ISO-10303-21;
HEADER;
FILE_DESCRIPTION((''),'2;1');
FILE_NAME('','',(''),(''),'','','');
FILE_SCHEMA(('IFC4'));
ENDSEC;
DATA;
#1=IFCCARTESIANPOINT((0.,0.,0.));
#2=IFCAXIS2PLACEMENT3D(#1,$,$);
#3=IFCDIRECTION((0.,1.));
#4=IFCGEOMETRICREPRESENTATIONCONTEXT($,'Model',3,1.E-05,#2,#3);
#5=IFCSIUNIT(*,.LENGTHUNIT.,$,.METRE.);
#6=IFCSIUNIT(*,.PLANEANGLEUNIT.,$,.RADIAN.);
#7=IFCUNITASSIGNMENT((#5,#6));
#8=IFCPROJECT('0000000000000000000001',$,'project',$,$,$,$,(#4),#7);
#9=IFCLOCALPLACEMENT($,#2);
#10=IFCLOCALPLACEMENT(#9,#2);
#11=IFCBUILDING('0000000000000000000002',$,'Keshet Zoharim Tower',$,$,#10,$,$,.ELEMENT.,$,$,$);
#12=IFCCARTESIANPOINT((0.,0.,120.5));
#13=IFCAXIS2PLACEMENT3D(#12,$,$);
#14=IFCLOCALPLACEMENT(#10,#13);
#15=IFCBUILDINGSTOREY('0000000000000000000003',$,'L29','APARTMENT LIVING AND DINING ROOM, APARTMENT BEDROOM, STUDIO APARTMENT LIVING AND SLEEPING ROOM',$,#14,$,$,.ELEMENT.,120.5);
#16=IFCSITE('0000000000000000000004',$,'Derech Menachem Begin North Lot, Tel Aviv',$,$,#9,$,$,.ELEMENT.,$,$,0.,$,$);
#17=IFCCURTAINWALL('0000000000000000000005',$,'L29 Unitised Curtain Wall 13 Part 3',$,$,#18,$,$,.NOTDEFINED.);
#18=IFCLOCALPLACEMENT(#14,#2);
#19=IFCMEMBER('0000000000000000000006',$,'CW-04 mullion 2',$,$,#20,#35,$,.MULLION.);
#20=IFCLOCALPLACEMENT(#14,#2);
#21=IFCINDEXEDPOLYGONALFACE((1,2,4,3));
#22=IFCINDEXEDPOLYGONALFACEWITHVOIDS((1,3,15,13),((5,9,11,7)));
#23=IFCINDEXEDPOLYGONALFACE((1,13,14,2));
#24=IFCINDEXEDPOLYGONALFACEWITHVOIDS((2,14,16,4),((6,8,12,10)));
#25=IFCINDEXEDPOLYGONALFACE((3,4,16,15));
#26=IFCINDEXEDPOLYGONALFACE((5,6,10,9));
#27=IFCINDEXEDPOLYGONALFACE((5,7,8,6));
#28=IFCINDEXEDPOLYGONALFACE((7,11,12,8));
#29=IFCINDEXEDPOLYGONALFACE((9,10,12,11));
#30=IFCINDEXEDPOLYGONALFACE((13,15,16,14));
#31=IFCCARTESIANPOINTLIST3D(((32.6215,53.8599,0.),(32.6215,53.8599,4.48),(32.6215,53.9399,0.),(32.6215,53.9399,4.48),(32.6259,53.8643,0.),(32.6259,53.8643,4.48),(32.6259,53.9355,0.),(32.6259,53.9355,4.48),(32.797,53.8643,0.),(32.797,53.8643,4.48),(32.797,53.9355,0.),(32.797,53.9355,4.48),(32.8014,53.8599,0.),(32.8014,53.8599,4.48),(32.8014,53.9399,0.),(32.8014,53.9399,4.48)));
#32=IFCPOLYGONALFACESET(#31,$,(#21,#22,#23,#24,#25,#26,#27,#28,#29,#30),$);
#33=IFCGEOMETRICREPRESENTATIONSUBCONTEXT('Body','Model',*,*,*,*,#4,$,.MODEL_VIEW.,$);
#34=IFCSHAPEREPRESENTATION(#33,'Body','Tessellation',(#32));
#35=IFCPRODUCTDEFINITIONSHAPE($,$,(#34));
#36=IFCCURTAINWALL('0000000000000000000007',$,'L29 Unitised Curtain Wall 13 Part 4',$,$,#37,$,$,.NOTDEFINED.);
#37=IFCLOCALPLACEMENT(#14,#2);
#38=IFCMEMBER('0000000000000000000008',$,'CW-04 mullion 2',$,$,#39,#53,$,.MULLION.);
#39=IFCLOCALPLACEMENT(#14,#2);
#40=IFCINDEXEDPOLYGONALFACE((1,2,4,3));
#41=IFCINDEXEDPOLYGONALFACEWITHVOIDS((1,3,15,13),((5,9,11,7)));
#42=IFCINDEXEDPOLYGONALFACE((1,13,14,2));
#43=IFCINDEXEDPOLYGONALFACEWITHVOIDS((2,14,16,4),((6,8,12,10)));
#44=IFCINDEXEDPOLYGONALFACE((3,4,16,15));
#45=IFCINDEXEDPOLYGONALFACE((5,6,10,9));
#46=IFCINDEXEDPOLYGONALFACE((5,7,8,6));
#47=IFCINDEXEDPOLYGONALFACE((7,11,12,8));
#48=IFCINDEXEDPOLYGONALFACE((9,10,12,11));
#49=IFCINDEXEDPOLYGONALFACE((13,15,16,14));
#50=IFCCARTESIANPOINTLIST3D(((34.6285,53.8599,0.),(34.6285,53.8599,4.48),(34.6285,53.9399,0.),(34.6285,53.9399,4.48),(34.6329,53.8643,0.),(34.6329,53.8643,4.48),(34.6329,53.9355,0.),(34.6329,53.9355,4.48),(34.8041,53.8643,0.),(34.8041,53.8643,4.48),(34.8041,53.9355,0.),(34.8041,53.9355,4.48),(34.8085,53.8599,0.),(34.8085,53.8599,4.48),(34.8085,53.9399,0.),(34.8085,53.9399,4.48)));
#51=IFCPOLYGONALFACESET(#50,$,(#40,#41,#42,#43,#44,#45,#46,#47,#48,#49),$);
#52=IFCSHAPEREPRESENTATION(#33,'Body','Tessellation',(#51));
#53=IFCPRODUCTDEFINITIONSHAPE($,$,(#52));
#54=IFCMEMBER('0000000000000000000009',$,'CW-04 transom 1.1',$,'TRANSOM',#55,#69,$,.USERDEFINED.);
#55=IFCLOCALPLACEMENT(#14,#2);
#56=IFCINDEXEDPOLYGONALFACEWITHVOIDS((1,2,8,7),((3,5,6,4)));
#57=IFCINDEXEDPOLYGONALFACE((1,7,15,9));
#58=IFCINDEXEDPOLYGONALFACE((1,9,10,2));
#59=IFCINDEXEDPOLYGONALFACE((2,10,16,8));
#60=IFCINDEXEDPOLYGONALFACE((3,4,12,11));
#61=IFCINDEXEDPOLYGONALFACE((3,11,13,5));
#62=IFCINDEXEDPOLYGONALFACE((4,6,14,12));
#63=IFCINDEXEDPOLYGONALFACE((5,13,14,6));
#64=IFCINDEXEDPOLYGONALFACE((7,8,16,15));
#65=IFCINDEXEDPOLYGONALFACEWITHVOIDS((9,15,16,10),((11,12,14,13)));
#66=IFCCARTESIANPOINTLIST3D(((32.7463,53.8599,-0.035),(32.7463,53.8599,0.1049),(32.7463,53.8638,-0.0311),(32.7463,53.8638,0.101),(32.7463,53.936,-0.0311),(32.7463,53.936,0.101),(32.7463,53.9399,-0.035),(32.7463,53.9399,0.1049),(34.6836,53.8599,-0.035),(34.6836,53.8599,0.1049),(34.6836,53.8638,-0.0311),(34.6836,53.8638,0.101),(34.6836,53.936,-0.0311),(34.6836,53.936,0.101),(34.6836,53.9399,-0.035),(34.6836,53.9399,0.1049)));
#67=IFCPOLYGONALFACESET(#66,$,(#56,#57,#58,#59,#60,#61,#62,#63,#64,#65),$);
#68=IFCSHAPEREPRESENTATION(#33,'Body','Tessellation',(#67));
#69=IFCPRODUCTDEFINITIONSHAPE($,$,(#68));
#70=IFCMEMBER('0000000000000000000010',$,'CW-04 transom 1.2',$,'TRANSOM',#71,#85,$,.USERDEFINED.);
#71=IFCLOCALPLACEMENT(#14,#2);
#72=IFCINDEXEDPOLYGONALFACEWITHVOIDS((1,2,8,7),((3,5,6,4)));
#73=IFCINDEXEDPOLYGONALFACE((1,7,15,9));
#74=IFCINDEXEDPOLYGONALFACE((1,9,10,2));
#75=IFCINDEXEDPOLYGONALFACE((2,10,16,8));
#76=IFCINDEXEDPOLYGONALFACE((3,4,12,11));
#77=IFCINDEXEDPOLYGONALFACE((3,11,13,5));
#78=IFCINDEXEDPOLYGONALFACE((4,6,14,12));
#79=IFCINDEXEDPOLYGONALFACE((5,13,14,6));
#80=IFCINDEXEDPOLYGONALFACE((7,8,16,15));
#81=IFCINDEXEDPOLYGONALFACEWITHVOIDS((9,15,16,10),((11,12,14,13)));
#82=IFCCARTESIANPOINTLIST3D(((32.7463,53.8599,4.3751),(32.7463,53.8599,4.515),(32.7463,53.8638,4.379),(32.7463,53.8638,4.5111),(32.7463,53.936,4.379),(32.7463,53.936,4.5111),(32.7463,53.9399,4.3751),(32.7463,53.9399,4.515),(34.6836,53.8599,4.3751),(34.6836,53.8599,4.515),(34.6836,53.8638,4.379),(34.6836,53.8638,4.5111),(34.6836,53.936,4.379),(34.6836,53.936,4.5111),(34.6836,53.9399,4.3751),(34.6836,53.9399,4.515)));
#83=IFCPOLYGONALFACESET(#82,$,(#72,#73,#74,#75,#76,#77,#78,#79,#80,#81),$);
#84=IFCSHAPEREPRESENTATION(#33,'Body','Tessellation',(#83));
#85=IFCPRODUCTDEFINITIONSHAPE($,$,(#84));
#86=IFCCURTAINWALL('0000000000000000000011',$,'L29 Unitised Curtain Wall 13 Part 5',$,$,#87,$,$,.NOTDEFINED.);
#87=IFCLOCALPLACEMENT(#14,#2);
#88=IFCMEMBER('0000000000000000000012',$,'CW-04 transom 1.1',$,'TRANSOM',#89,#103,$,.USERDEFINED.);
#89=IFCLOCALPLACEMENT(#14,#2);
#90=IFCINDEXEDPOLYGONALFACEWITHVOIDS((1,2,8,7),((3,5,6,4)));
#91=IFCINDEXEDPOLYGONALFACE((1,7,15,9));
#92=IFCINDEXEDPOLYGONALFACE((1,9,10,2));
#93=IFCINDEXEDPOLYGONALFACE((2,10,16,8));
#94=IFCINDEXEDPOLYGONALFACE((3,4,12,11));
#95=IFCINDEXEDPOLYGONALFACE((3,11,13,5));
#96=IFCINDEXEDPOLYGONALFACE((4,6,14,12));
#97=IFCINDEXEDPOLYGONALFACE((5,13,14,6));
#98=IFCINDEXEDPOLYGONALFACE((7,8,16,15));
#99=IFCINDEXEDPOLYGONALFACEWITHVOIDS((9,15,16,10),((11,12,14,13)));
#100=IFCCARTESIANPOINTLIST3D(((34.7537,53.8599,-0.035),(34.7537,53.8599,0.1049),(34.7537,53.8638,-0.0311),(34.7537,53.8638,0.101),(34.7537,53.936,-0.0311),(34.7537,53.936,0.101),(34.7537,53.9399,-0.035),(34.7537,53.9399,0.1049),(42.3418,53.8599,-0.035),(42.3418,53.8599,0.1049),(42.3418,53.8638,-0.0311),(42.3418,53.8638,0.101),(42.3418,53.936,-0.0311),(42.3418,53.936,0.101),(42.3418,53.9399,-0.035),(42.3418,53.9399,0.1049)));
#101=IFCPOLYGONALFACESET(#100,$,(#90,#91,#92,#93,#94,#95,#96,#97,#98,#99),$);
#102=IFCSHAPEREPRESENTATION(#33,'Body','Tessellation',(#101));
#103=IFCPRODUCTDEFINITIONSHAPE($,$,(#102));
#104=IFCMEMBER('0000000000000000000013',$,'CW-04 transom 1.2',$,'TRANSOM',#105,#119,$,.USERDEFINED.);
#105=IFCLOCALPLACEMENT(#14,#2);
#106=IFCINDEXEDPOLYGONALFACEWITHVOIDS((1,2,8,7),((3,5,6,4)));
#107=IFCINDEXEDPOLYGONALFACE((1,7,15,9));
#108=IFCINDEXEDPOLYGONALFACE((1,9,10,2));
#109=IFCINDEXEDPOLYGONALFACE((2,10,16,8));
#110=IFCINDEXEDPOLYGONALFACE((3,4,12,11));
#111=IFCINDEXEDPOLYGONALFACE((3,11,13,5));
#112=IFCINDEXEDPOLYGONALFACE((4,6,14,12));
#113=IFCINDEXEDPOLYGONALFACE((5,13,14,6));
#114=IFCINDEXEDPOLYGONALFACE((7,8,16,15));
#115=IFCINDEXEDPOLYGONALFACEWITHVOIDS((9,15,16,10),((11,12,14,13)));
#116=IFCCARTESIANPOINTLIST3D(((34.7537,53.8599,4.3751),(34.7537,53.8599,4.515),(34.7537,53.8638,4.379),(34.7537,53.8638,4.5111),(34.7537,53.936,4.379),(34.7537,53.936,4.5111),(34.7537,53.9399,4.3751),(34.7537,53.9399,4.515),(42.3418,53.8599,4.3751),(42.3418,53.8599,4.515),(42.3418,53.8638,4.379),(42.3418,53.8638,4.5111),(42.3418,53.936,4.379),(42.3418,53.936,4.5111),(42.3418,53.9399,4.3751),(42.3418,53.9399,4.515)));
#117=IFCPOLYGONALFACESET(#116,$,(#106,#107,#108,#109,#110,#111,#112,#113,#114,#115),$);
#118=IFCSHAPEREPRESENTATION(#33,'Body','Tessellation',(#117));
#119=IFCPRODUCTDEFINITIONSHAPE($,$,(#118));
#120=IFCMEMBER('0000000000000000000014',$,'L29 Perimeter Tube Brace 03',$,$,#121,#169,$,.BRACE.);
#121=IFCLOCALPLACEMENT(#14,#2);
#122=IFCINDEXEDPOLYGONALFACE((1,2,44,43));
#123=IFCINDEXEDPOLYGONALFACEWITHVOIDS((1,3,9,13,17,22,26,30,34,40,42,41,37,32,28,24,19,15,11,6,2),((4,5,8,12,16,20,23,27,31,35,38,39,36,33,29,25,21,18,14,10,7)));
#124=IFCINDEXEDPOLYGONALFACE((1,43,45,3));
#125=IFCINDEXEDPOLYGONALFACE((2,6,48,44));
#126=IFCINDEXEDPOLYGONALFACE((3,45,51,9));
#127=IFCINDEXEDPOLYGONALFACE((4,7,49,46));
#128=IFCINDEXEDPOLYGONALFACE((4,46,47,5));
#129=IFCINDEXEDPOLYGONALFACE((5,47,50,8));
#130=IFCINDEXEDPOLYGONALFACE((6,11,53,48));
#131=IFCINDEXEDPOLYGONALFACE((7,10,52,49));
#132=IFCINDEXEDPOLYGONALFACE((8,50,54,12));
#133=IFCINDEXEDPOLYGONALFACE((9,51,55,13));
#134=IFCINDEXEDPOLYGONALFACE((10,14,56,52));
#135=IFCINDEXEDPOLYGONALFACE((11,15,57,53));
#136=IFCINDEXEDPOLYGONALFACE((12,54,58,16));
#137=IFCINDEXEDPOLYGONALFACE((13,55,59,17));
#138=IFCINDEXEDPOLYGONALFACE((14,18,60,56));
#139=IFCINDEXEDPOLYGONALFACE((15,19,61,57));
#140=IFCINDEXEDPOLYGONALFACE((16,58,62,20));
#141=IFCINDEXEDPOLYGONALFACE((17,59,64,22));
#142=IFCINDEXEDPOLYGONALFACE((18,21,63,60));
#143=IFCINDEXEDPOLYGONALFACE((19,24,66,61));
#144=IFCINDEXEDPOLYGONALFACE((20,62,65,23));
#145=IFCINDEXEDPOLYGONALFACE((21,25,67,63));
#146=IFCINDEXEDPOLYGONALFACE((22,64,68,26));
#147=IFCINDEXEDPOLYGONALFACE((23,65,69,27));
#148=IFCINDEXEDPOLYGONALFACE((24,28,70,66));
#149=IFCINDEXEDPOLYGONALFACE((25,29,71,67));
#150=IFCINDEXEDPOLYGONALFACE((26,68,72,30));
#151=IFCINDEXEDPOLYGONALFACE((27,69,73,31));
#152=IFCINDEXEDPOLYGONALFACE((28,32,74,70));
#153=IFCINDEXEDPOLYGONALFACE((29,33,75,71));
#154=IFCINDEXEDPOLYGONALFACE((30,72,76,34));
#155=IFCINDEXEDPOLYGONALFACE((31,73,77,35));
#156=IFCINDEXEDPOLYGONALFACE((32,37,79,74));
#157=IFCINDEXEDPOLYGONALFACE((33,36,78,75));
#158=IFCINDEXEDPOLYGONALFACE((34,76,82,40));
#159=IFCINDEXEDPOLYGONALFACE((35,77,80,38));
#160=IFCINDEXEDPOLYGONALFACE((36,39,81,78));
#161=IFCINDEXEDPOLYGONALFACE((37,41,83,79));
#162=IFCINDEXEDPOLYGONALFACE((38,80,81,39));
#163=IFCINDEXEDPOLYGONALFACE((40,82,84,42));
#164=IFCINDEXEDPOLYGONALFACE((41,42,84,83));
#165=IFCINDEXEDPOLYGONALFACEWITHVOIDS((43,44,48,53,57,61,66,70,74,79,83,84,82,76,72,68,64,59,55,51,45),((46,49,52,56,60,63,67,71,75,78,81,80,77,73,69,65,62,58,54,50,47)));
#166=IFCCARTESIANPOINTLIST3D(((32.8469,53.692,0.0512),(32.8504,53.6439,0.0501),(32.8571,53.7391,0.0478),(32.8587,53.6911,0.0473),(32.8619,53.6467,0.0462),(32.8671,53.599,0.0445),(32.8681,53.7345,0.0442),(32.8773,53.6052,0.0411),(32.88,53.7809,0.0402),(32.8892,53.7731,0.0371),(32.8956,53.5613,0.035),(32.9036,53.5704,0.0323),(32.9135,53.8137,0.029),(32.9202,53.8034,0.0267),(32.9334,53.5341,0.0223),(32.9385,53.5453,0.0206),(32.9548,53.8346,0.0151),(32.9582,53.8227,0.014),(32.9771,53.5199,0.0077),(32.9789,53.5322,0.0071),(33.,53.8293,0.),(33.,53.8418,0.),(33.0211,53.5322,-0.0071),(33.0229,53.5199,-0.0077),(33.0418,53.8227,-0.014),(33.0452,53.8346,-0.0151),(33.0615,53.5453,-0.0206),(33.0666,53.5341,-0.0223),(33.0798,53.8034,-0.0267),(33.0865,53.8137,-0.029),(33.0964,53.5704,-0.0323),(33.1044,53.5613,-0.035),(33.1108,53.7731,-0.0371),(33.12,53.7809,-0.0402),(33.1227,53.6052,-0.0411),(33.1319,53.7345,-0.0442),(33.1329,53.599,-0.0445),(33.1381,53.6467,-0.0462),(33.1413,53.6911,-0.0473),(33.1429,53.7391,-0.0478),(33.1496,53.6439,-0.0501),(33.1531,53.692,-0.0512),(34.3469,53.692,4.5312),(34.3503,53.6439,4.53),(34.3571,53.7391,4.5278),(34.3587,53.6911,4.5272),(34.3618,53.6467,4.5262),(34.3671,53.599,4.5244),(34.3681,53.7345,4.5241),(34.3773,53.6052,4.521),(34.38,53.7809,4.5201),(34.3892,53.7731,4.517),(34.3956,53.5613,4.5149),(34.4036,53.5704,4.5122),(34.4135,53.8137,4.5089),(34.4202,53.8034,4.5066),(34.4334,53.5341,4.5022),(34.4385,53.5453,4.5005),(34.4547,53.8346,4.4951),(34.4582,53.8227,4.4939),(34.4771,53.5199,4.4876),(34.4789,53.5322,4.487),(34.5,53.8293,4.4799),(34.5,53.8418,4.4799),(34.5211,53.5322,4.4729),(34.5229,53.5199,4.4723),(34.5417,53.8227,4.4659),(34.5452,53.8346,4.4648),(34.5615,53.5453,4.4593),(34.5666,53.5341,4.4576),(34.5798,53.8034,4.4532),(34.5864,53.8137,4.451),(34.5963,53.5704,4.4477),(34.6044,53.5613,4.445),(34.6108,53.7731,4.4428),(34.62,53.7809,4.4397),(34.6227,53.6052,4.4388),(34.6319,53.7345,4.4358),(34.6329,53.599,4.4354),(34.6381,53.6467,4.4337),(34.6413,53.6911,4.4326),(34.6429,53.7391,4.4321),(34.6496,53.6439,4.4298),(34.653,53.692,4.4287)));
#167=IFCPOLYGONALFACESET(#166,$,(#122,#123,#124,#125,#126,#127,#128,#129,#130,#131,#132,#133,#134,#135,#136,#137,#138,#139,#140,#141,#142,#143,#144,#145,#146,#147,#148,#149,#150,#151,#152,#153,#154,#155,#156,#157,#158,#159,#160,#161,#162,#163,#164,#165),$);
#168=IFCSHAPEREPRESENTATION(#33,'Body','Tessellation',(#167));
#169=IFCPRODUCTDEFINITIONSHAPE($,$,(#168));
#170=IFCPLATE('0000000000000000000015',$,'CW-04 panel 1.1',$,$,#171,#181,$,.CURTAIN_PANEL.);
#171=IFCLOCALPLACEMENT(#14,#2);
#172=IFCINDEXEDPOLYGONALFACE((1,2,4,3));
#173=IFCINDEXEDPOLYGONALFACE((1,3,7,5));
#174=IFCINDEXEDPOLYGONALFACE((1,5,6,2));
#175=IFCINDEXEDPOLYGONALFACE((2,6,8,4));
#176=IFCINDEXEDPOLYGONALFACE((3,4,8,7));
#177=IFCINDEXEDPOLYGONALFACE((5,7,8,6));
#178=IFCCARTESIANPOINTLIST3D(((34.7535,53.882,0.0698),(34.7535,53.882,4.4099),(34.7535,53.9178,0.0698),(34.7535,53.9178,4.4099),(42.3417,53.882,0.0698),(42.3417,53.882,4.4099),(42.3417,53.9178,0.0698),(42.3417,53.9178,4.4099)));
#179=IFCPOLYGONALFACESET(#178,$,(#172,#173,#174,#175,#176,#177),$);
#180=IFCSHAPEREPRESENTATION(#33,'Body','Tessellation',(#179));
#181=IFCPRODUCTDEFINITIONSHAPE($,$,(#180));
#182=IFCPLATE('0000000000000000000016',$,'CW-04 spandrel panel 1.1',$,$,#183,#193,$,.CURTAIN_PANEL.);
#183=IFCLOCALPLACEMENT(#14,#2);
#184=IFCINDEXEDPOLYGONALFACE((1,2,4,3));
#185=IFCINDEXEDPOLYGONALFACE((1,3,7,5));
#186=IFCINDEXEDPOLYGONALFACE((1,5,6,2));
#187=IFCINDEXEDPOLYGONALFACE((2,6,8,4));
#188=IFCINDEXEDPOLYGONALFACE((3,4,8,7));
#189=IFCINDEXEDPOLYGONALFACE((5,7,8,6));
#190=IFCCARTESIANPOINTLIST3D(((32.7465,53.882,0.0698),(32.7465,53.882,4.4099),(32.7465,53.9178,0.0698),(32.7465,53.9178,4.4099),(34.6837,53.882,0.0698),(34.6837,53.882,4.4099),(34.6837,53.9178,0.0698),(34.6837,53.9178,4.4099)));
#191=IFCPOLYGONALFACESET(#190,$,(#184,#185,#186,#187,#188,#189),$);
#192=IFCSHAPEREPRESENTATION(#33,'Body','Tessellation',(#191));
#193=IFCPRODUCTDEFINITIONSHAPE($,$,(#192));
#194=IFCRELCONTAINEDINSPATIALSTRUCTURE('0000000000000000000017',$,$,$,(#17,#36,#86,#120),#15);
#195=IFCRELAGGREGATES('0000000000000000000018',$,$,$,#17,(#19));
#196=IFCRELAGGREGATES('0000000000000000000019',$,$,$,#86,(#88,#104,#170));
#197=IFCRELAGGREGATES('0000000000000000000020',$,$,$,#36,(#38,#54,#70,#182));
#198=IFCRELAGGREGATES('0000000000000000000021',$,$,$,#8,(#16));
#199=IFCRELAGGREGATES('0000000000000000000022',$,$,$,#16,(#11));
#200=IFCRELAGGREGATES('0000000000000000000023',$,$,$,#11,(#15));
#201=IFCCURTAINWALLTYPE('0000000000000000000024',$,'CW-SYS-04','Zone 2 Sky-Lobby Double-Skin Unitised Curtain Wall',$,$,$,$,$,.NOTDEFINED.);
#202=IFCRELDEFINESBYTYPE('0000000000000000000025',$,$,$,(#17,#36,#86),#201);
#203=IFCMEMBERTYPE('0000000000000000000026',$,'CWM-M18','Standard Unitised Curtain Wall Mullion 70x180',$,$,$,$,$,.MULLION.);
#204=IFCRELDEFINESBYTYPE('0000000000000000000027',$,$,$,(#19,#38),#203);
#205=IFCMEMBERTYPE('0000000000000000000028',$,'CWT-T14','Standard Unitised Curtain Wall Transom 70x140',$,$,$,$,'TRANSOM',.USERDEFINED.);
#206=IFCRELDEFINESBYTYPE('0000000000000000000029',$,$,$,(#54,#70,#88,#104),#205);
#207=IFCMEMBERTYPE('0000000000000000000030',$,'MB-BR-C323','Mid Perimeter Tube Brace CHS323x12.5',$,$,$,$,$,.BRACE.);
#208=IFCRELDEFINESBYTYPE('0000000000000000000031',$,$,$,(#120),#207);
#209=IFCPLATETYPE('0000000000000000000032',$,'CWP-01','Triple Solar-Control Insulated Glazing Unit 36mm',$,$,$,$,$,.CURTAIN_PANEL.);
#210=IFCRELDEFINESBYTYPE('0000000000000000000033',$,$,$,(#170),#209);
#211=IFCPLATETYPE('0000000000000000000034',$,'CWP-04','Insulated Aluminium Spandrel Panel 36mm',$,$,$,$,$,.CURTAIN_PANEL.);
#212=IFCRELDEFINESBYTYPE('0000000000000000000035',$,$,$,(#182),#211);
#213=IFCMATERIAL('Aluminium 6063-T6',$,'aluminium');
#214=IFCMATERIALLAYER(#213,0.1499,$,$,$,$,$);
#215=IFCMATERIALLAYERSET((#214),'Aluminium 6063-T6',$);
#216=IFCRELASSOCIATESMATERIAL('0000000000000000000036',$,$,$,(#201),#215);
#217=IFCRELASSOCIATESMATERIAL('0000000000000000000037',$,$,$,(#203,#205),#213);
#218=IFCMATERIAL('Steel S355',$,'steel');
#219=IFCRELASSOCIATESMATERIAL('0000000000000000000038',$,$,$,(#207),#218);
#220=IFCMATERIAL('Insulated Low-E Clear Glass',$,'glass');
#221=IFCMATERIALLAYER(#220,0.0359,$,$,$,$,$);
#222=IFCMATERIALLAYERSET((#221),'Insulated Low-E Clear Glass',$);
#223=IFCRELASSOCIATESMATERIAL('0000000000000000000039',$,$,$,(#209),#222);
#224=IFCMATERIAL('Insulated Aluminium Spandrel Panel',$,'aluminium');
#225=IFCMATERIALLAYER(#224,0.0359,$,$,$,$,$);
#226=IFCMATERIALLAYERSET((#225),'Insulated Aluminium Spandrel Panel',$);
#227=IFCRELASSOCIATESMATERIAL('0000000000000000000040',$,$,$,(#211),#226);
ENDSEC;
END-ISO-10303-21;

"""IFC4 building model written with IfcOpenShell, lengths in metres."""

from ifc_helpers import new_model, si_unit, direction, frame, origin, origin_2d, place, context, subcontext, project, spatial, rectangle, hollow_rectangle, hollow_circle, extrude, material, layer, layer_set, material_profile, profile_set, type_object, element, aggregate, save


model = new_model("IFC4")

# Units and contexts
model_context = context("Model", 3, precision=1e-05, world=origin(), true_north=direction((0.0, 1.0)))
body_context = subcontext(model_context, "Body", "Model", "MODEL_VIEW")
ifc_project = project(units=[si_unit("LENGTHUNIT", "METRE"), si_unit("PLANEANGLEUNIT", "RADIAN")], contexts=[model_context])

# Site, building, storey
site_placement = place(None, origin())
site = spatial("IfcSite", under=ifc_project, at=site_placement, Name="Derech Menachem Begin North Lot, Tel Aviv", CompositionType="ELEMENT", RefElevation=0.0)
building_placement = place(site_placement, origin())
building = spatial("IfcBuilding", under=site, at=building_placement, Name="Keshet Zoharim Tower", CompositionType="ELEMENT")
storey_placement = place(building_placement, frame((0.0, 0.0, 120.5)))
storey = spatial("IfcBuildingStorey", under=building, at=storey_placement, Name="L29", Description="APARTMENT LIVING AND DINING ROOM, APARTMENT BEDROOM, STUDIO APARTMENT LIVING AND SLEEPING ROOM", CompositionType="ELEMENT", Elevation=120.5)

# Shared definitions
ifc_material_1 = material(Name="Steel S355", Category="steel")

# Curtain wall, member
ifc_material_2 = material(Name="Aluminium 6063-T6", Category="aluminium")
ifc_layer_1 = layer(ifc_material_2, 0.1499)
ifc_layer_set_1 = layer_set([ifc_layer_1], Name="Aluminium 6063-T6")
curtain_wall_type = type_object("IfcCurtainWallType", Name="CW-SYS-04", Description="Zone 2 Sky-Lobby Double-Skin Unitised Curtain Wall", PredefinedType="NOTDEFINED", material=ifc_layer_set_1)
curtain_wall_1_placement = place(storey_placement, origin())
curtain_wall_1 = element("IfcCurtainWall", 1, at=curtain_wall_1_placement, inside=storey, type_object=curtain_wall_type, Name="L29 Unitised Curtain Wall 13 Part 3", PredefinedType="NOTDEFINED")
ifc_material_profile_1 = material_profile(ifc_material_2, hollow_rectangle(XDim=0.0801, YDim=0.1799, WallThickness=0.0044, at=origin_2d()), Name="MUL-80x180")
ifc_profile_set_1 = profile_set([ifc_material_profile_1], Name="Aluminium 6063-T6")
member_type_1 = type_object("IfcMemberType", Name="CWM-M18", Description="Standard Unitised Curtain Wall Mullion 70x180", PredefinedType="MULLION", material=ifc_profile_set_1)
member_1_placement = place(storey_placement, frame((32.7114, 53.8999, 0.0), z_axis=(0.0, 0.0, 1.0), x_axis=(0.0, 1.0, 0.0)))
member_1 = element("IfcMember", 2, at=member_1_placement, type_object=member_type_1, Name="CW-04 mullion 2", PredefinedType="MULLION", context=body_context, shape_type="SweptSolid", body=[
    extrude(hollow_rectangle(XDim=0.0801, YDim=0.1799, WallThickness=0.0044, at=origin_2d()), origin(), (0.0, 0.0, 1.0), 4.48),
])
aggregate(curtain_wall_1, [member_1])

# Curtain walls, members
curtain_wall_2_placement = place(storey_placement, origin())
curtain_wall_2 = element("IfcCurtainWall", 3, at=curtain_wall_2_placement, inside=storey, type_object=curtain_wall_type, Name="L29 Unitised Curtain Wall 13 Part 4", PredefinedType="NOTDEFINED")
member_2_placement = place(storey_placement, frame((34.7185, 53.8999, 0.0), z_axis=(0.0, 0.0, 1.0), x_axis=(0.0, 1.0, 0.0)))
member_2 = element("IfcMember", 4, at=member_2_placement, type_object=member_type_1, Name="CW-04 mullion 2", PredefinedType="MULLION", context=body_context, shape_type="SweptSolid", body=[
    extrude(hollow_rectangle(XDim=0.0801, YDim=0.1799, WallThickness=0.0044, at=origin_2d()), origin(), (0.0, 0.0, 1.0), 4.48),
])
ifc_material_profile_2 = material_profile(ifc_material_2, hollow_rectangle(XDim=0.0801, YDim=0.1399, WallThickness=0.0039, at=origin_2d()), Name="TRN-80x140")
ifc_profile_set_2 = profile_set([ifc_material_profile_2], Name="Aluminium 6063-T6")
member_type_2 = type_object("IfcMemberType", Name="CWT-T14", Description="Standard Unitised Curtain Wall Transom 70x140", ElementType="TRANSOM", PredefinedType="USERDEFINED", material=ifc_profile_set_2)
member_3_placement = place(storey_placement, frame((32.7463, 53.8999, 0.0349), z_axis=(1.0, 0.0, 0.0), x_axis=(0.0, 1.0, 0.0)))
member_3 = element("IfcMember", 5, at=member_3_placement, type_object=member_type_2, Name="CW-04 transom 1.1", ObjectType="TRANSOM", PredefinedType="USERDEFINED", context=body_context, shape_type="SweptSolid", body=[
    extrude(hollow_rectangle(XDim=0.0801, YDim=0.1399, WallThickness=0.0039, at=origin_2d()), origin(), (0.0, 0.0, 1.0), 1.9373),
])
member_4_placement = place(storey_placement, frame((32.7463, 53.8999, 4.4451), z_axis=(1.0, 0.0, 0.0), x_axis=(0.0, 1.0, 0.0)))
member_4 = element("IfcMember", 6, at=member_4_placement, type_object=member_type_2, Name="CW-04 transom 1.2", ObjectType="TRANSOM", PredefinedType="USERDEFINED", context=body_context, shape_type="SweptSolid", body=[
    extrude(hollow_rectangle(XDim=0.0801, YDim=0.1399, WallThickness=0.0039, at=origin_2d()), origin(), (0.0, 0.0, 1.0), 1.9373),
])
curtain_wall_3_placement = place(storey_placement, origin())
curtain_wall_3 = element("IfcCurtainWall", 7, at=curtain_wall_3_placement, inside=storey, type_object=curtain_wall_type, Name="L29 Unitised Curtain Wall 13 Part 5", PredefinedType="NOTDEFINED")
member_5_placement = place(storey_placement, frame((34.7537, 53.8999, 0.0349), z_axis=(1.0, 0.0, 0.0), x_axis=(0.0, 1.0, 0.0)))
member_5 = element("IfcMember", 8, at=member_5_placement, type_object=member_type_2, Name="CW-04 transom 1.1", ObjectType="TRANSOM", PredefinedType="USERDEFINED", context=body_context, shape_type="SweptSolid", body=[
    extrude(hollow_rectangle(XDim=0.0801, YDim=0.1399, WallThickness=0.0039, at=origin_2d()), origin(), (0.0, 0.0, 1.0), 7.5881),
])
member_6_placement = place(storey_placement, frame((34.7537, 53.8999, 4.4451), z_axis=(1.0, 0.0, 0.0), x_axis=(0.0, 1.0, 0.0)))
member_6 = element("IfcMember", 9, at=member_6_placement, type_object=member_type_2, Name="CW-04 transom 1.2", ObjectType="TRANSOM", PredefinedType="USERDEFINED", context=body_context, shape_type="SweptSolid", body=[
    extrude(hollow_rectangle(XDim=0.0801, YDim=0.1399, WallThickness=0.0039, at=origin_2d()), origin(), (0.0, 0.0, 1.0), 7.5881),
])

# Member
ifc_material_profile_3 = material_profile(ifc_material_1, hollow_circle(Radius=0.1619, WallThickness=0.0125, at=origin_2d()), Name="CHS323x12.5")
ifc_profile_set_3 = profile_set([ifc_material_profile_3], Name="Steel S355")
member_type_3 = type_object("IfcMemberType", Name="MB-BR-C323", Description="Mid Perimeter Tube Brace CHS323x12.5", PredefinedType="BRACE", material=ifc_profile_set_3)
member_7_placement = place(storey_placement, frame((33.0, 53.6799, 0.0), z_axis=(0.317499, 0.0, 0.948259), x_axis=(0.0, 1.0, 0.0)))
element("IfcMember", 10, at=member_7_placement, inside=storey, type_object=member_type_3, Name="L29 Perimeter Tube Brace 03", PredefinedType="BRACE", context=body_context, shape_type="SweptSolid", body=[
    extrude(hollow_circle(Radius=0.1619, WallThickness=0.0125, at=origin_2d()), origin(), (0.0, 0.0, 1.0), 4.7244),
])

# Plates
ifc_material_3 = material(Name="Insulated Low-E Clear Glass", Category="glass")
ifc_layer_2 = layer(ifc_material_3, 0.0359)
ifc_layer_set_2 = layer_set([ifc_layer_2], Name="Insulated Low-E Clear Glass")
plate_type_1 = type_object("IfcPlateType", Name="CWP-01", Description="Triple Solar-Control Insulated Glazing Unit 36mm", PredefinedType="CURTAIN_PANEL", material=ifc_layer_set_2)
plate_1_placement = place(storey_placement, frame((38.5476, 53.8999, 0.0698), z_axis=(0.0, 0.0, 1.0), x_axis=(1.0, 0.0, 0.0)))
plate_1 = element("IfcPlate", 11, at=plate_1_placement, type_object=plate_type_1, Name="CW-04 panel 1.1", PredefinedType="CURTAIN_PANEL", context=body_context, shape_type="SweptSolid", body=[
    extrude(rectangle(XDim=7.5881, YDim=0.0359, at=origin_2d()), origin(), (0.0, 0.0, 1.0), 4.3401),
])
aggregate(curtain_wall_3, [member_5, member_6, plate_1])
ifc_material_4 = material(Name="Insulated Aluminium Spandrel Panel", Category="aluminium")
ifc_layer_3 = layer(ifc_material_4, 0.0359)
ifc_layer_set_3 = layer_set([ifc_layer_3], Name="Insulated Aluminium Spandrel Panel")
plate_type_2 = type_object("IfcPlateType", Name="CWP-04", Description="Insulated Aluminium Spandrel Panel 36mm", PredefinedType="CURTAIN_PANEL", material=ifc_layer_set_3)
plate_2_placement = place(storey_placement, frame((33.7151, 53.8999, 0.0698), z_axis=(0.0, 0.0, 1.0), x_axis=(1.0, 0.0, 0.0)))
plate_2 = element("IfcPlate", 12, at=plate_2_placement, type_object=plate_type_2, Name="CW-04 spandrel panel 1.1", PredefinedType="CURTAIN_PANEL", context=body_context, shape_type="SweptSolid", body=[
    extrude(rectangle(XDim=1.9373, YDim=0.0359, at=origin_2d()), origin(), (0.0, 0.0, 1.0), 4.3401),
])
aggregate(curtain_wall_2, [member_2, member_3, member_4, plate_2])

save(model, "model.ifc")
